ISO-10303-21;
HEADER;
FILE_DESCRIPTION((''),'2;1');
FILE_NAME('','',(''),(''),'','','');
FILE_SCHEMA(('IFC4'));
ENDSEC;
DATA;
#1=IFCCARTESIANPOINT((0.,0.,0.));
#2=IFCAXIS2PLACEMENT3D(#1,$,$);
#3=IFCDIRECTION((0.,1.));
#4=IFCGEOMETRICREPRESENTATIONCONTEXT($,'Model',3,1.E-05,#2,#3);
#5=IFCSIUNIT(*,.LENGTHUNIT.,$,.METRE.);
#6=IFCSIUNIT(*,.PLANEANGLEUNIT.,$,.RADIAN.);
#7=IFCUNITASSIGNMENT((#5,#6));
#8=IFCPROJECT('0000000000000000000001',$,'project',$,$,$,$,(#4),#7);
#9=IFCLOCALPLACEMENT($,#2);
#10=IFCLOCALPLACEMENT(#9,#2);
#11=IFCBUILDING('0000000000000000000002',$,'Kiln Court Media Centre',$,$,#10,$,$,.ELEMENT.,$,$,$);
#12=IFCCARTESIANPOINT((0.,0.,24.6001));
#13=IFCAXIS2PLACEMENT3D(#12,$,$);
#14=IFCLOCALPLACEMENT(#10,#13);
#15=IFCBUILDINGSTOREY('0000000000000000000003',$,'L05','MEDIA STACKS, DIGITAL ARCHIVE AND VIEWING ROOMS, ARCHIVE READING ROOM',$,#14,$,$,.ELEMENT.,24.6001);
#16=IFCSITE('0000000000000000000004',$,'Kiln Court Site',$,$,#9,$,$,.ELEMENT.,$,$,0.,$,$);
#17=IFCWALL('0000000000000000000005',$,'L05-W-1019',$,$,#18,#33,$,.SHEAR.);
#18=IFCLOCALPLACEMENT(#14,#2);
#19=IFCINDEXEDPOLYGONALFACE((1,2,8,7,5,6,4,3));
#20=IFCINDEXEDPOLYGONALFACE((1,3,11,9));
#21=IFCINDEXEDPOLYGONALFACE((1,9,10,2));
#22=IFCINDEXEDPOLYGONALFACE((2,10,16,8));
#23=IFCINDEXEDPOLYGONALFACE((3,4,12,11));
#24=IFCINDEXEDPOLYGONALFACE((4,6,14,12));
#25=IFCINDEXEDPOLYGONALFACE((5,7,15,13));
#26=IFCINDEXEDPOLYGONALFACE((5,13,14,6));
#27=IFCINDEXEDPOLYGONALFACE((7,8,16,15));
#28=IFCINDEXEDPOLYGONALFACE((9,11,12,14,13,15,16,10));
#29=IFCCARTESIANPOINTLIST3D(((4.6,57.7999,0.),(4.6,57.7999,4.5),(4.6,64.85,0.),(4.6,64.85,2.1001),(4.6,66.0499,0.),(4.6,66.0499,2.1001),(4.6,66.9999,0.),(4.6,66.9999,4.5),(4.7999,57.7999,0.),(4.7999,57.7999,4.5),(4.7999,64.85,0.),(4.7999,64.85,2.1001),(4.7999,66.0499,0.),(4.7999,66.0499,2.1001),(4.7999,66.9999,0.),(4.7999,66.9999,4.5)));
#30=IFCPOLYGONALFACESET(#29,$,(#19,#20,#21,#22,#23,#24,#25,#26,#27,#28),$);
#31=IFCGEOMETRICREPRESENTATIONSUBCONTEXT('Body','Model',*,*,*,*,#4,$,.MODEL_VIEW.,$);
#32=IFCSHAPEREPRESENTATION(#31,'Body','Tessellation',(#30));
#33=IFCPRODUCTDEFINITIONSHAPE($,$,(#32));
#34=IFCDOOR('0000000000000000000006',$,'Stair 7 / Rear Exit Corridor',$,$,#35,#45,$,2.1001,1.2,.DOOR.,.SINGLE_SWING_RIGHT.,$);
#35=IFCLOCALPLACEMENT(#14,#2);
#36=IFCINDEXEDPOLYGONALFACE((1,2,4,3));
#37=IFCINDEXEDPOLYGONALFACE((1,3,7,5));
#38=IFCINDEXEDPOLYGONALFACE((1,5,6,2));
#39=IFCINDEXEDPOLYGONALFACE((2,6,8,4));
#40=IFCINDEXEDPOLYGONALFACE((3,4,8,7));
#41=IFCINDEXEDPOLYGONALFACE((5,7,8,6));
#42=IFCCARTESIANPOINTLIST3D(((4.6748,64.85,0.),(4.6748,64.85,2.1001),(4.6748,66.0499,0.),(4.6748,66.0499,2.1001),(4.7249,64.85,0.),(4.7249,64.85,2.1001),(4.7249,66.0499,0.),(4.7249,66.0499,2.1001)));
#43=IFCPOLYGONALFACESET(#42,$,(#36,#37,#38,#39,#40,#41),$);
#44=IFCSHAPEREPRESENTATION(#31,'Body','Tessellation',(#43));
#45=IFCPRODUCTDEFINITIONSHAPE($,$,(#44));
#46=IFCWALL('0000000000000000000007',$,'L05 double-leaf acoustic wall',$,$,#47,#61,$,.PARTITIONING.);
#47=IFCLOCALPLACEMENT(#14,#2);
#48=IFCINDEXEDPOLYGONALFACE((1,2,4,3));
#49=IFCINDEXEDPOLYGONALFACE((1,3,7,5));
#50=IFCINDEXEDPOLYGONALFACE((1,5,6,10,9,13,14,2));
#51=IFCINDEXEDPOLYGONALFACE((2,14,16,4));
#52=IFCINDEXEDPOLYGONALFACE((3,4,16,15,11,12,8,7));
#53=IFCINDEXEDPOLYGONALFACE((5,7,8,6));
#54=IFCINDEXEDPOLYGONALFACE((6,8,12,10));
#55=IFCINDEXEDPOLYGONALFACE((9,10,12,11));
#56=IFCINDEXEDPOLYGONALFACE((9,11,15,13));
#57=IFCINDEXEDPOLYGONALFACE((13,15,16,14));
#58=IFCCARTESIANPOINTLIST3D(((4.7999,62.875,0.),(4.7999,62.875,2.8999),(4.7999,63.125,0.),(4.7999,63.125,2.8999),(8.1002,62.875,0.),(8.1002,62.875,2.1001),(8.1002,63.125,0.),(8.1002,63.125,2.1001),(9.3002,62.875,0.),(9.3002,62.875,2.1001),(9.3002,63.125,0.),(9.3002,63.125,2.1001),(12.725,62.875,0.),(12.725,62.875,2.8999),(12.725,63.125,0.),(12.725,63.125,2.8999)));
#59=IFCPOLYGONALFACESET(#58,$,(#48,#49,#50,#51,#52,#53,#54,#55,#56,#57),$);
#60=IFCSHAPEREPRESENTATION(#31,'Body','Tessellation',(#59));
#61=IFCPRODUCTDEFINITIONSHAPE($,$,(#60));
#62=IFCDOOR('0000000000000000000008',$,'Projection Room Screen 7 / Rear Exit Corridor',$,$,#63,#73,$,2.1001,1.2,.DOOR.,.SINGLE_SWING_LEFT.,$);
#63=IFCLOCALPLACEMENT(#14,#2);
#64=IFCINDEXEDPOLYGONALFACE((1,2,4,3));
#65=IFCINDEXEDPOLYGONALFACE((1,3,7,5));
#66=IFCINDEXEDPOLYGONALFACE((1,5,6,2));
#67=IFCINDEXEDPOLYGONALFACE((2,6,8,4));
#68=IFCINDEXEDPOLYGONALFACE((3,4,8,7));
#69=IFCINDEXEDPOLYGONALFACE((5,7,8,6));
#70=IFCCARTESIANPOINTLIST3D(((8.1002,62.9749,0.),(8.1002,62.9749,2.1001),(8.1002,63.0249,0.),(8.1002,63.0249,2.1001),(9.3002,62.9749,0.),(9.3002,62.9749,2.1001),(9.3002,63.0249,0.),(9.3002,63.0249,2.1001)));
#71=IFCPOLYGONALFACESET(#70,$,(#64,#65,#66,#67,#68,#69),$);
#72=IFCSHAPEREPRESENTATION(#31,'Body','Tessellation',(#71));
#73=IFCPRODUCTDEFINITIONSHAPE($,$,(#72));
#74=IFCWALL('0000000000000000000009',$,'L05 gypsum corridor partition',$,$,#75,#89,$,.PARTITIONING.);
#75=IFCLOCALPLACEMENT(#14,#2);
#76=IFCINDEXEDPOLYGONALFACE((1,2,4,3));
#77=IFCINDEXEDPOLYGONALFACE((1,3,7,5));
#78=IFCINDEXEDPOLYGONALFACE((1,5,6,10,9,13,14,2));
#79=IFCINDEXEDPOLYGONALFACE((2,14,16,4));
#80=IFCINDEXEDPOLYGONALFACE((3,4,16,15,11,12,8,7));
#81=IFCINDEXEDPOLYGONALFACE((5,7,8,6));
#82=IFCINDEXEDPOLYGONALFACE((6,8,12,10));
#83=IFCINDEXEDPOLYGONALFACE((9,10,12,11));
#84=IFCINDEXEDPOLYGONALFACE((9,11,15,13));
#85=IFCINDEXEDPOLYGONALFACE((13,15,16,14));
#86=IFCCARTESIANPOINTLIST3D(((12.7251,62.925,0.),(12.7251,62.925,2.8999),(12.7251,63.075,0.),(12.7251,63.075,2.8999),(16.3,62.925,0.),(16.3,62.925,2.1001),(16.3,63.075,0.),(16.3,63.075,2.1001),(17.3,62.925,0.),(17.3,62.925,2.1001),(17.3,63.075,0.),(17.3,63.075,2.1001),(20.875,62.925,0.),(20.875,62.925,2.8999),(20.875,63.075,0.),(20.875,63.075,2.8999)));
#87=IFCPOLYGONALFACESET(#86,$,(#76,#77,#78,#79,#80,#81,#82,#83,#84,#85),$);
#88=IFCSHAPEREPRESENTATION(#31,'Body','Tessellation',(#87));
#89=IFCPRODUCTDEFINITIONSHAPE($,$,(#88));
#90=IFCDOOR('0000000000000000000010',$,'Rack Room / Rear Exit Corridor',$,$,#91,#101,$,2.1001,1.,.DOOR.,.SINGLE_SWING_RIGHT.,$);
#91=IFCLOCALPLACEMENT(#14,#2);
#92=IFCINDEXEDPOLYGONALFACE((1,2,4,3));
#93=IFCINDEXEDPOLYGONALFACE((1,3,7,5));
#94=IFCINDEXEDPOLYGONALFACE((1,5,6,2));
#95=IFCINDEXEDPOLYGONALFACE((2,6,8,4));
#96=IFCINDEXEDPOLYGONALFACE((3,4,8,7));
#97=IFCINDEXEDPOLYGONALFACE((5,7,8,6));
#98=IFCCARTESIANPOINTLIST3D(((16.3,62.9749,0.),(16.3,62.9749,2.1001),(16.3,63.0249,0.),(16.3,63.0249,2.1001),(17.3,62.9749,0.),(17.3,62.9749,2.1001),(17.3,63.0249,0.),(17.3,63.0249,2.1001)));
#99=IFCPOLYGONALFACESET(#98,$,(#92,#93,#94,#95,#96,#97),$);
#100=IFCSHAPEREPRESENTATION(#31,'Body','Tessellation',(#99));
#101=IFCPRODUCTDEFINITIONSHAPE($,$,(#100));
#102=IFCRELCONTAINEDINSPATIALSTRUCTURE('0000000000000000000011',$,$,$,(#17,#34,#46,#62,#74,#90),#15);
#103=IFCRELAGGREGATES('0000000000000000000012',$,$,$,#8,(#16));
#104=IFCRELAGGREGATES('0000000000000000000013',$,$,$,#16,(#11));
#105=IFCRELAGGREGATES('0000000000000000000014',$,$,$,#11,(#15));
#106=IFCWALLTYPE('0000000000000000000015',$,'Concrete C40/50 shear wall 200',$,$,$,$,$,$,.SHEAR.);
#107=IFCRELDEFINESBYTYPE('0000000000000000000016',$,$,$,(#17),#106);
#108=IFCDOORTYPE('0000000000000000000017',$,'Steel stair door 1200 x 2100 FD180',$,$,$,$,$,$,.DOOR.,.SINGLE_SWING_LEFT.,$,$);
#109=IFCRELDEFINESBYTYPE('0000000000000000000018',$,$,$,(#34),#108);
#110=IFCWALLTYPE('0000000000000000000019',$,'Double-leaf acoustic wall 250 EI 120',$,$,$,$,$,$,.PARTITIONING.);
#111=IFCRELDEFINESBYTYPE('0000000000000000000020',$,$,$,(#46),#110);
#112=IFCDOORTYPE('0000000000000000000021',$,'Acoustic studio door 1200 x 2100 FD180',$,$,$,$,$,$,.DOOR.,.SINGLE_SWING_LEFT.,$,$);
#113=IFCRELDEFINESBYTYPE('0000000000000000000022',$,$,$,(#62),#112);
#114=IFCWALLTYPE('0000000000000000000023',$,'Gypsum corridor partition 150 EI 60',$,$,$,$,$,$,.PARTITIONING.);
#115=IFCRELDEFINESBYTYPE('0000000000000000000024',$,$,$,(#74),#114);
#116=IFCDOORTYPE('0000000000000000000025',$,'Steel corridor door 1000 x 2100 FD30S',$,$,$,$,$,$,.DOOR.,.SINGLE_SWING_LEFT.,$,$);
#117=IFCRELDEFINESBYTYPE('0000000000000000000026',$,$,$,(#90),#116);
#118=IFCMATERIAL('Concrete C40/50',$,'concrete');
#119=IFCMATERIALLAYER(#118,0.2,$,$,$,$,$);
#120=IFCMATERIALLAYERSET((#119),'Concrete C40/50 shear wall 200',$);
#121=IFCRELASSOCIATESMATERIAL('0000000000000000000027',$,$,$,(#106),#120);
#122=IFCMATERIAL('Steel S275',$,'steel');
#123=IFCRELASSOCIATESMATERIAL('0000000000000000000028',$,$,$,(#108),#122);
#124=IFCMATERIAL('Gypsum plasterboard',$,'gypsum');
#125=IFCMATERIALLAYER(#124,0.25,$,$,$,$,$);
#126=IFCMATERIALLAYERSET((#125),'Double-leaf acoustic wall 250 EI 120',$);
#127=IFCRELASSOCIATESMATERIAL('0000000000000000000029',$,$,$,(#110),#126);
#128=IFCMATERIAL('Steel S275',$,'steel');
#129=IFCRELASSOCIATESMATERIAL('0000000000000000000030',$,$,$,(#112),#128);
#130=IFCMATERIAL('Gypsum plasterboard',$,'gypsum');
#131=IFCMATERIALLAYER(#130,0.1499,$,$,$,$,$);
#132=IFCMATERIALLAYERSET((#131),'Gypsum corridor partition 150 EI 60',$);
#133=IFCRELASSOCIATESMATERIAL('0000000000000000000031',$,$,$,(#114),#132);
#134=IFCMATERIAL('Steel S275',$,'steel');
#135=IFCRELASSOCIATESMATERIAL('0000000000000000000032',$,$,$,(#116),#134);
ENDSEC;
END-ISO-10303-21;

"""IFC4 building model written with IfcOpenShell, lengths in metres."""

from ifc_helpers import new_model, si_unit, direction, frame, frame_2d, origin, place, context, subcontext, project, spatial, rectangle, extrude, material, layer, layer_set, type_object, element, fill, save


model = new_model("IFC4")

# Units and contexts
model_context = context("Model", 3, precision=1e-05, world=origin(), true_north=direction((0.0, 1.0)))
body_context = subcontext(model_context, "Body", "Model", "MODEL_VIEW")
ifc_project = project(units=[si_unit("LENGTHUNIT", "METRE"), si_unit("PLANEANGLEUNIT", "RADIAN")], contexts=[model_context])

# Site, building, storey
site_placement = place(None, origin())
site = spatial("IfcSite", under=ifc_project, at=site_placement, Name="Kiln Court Site", CompositionType="ELEMENT", RefElevation=0.0)
building_placement = place(site_placement, origin())
building = spatial("IfcBuilding", under=site, at=building_placement, Name="Kiln Court Media Centre", CompositionType="ELEMENT")
storey_placement = place(building_placement, frame((0.0, 0.0, 24.6001)))
storey = spatial("IfcBuildingStorey", under=building, at=storey_placement, Name="L05", Description="MEDIA STACKS, DIGITAL ARCHIVE AND VIEWING ROOMS, ARCHIVE READING ROOM", CompositionType="ELEMENT", Elevation=24.6001)

# Shared definitions
ifc_material_1 = material(Name="Concrete C40/50", Category="concrete")
ifc_layer_1 = layer(ifc_material_1, 0.2)
ifc_layer_set_1 = layer_set([ifc_layer_1], Name="Concrete C40/50 shear wall 200")
wall_type_1 = type_object("IfcWallType", Name="Concrete C40/50 shear wall 200", PredefinedType="SHEAR", material=ifc_layer_set_1)

# Walls, openings, doors
wall_1_placement = place(storey_placement, frame((4.7, 67.0, 0.0), z_axis=(0.0, 0.0, 1.0), x_axis=(0.0, -1.0, 0.0)))
wall_1 = element("IfcWall", 1, at=wall_1_placement, inside=storey, type_object=wall_type_1, Name="L05-W-1019", PredefinedType="SHEAR", context=body_context, shape_type="SweptSolid", body=[
    extrude(rectangle(XDim=9.2, YDim=0.2, at=frame_2d((4.6001, 0.0))), origin(), (0.0, 0.0, 1.0), 4.5),
])
opening_1_placement = place(wall_1_placement, frame((0.95, 0.0, 0.0)))
opening_1 = element("IfcOpeningElement", 2, at=opening_1_placement, cuts=wall_1, PredefinedType="OPENING", context=body_context, shape_type="SweptSolid", body=[
    extrude(rectangle(XDim=1.2, YDim=2.1001, at=frame_2d((0.6001, 1.05))), frame((0.0, 0.1099, 0.0), z_axis=(0.0, -1.0, 0.0), x_axis=(1.0, 0.0, 0.0)), (0.0, 0.0, 1.0), 0.22),
])
ifc_material_2 = material(Name="Steel S275", Category="steel")
door_type_1 = type_object("IfcDoorType", Name="Steel stair door 1200 x 2100 FD180", OperationType="SINGLE_SWING_LEFT", PredefinedType="DOOR", material=ifc_material_2)
door_1_placement = place(opening_1_placement, origin())
door_1 = element("IfcDoor", 3, at=door_1_placement, inside=storey, type_object=door_type_1, Name="Stair 7 / Rear Exit Corridor", OperationType="SINGLE_SWING_RIGHT", OverallHeight=2.1001, OverallWidth=1.2, PredefinedType="DOOR", context=body_context, shape_type="SweptSolid", body=[
    extrude(rectangle(XDim=1.2, YDim=2.1001, at=frame_2d((0.6001, 1.05))), frame((0.0, 0.0249, 0.0), z_axis=(0.0, -1.0, 0.0), x_axis=(1.0, 0.0, 0.0)), (0.0, 0.0, 1.0), 0.05),
])
fill(opening_1, door_1)
ifc_material_3 = material(Name="Gypsum plasterboard", Category="gypsum")
ifc_layer_2 = layer(ifc_material_3, 0.25)
ifc_layer_set_2 = layer_set([ifc_layer_2], Name="Double-leaf acoustic wall 250 EI 120")
wall_type_2 = type_object("IfcWallType", Name="Double-leaf acoustic wall 250 EI 120", PredefinedType="PARTITIONING", material=ifc_layer_set_2)
wall_2_placement = place(storey_placement, frame((4.8, 63.0, 0.0), z_axis=(0.0, 0.0, 1.0), x_axis=(1.0, 0.0, 0.0)))
wall_2 = element("IfcWall", 4, at=wall_2_placement, inside=storey, type_object=wall_type_2, Name="L05 double-leaf acoustic wall", PredefinedType="PARTITIONING", context=body_context, shape_type="SweptSolid", body=[
    extrude(rectangle(XDim=7.925, YDim=0.25, at=frame_2d((3.9624, 0.0))), origin(), (0.0, 0.0, 1.0), 2.8999),
])
opening_2_placement = place(wall_2_placement, frame((3.3, 0.0, 0.0)))
opening_2 = element("IfcOpeningElement", 5, at=opening_2_placement, cuts=wall_2, PredefinedType="OPENING", context=body_context, shape_type="SweptSolid", body=[
    extrude(rectangle(XDim=1.2, YDim=2.1001, at=frame_2d((0.6001, 1.05))), frame((0.0, 0.135, 0.0), z_axis=(0.0, -1.0, 0.0), x_axis=(1.0, 0.0, 0.0)), (0.0, 0.0, 1.0), 0.27),
])
ifc_material_4 = material(Name="Steel S275", Category="steel")
door_type_2 = type_object("IfcDoorType", Name="Acoustic studio door 1200 x 2100 FD180", OperationType="SINGLE_SWING_LEFT", PredefinedType="DOOR", material=ifc_material_4)
door_2_placement = place(opening_2_placement, origin())
door_2 = element("IfcDoor", 6, at=door_2_placement, inside=storey, type_object=door_type_2, Name="Projection Room Screen 7 / Rear Exit Corridor", OperationType="SINGLE_SWING_LEFT", OverallHeight=2.1001, OverallWidth=1.2, PredefinedType="DOOR", context=body_context, shape_type="SweptSolid", body=[
    extrude(rectangle(XDim=1.2, YDim=2.1001, at=frame_2d((0.6001, 1.05))), frame((0.0, 0.0249, 0.0), z_axis=(0.0, -1.0, 0.0), x_axis=(1.0, 0.0, 0.0)), (0.0, 0.0, 1.0), 0.05),
])
fill(opening_2, door_2)
ifc_material_5 = material(Name="Gypsum plasterboard", Category="gypsum")
ifc_layer_3 = layer(ifc_material_5, 0.1499)
ifc_layer_set_3 = layer_set([ifc_layer_3], Name="Gypsum corridor partition 150 EI 60")
wall_type_3 = type_object("IfcWallType", Name="Gypsum corridor partition 150 EI 60", PredefinedType="PARTITIONING", material=ifc_layer_set_3)
wall_3_placement = place(storey_placement, frame((12.7251, 63.0, 0.0), z_axis=(0.0, 0.0, 1.0), x_axis=(1.0, 0.0, 0.0)))
wall_3 = element("IfcWall", 7, at=wall_3_placement, inside=storey, type_object=wall_type_3, Name="L05 gypsum corridor partition", PredefinedType="PARTITIONING", context=body_context, shape_type="SweptSolid", body=[
    extrude(rectangle(XDim=8.1499, YDim=0.1499, at=frame_2d((4.075, 0.0))), origin(), (0.0, 0.0, 1.0), 2.8999),
])
opening_3_placement = place(wall_3_placement, frame((3.575, 0.0, 0.0)))
opening_3 = element("IfcOpeningElement", 8, at=opening_3_placement, cuts=wall_3, PredefinedType="OPENING", context=body_context, shape_type="SweptSolid", body=[
    extrude(rectangle(XDim=1.0, YDim=2.1001, at=frame_2d((0.5, 1.05))), frame((0.0, 0.085, 0.0), z_axis=(0.0, -1.0, 0.0), x_axis=(1.0, 0.0, 0.0)), (0.0, 0.0, 1.0), 0.1699),
])
ifc_material_6 = material(Name="Steel S275", Category="steel")
door_type_3 = type_object("IfcDoorType", Name="Steel corridor door 1000 x 2100 FD30S", OperationType="SINGLE_SWING_LEFT", PredefinedType="DOOR", material=ifc_material_6)
door_3_placement = place(opening_3_placement, origin())
door_3 = element("IfcDoor", 9, at=door_3_placement, inside=storey, type_object=door_type_3, Name="Rack Room / Rear Exit Corridor", OperationType="SINGLE_SWING_RIGHT", OverallHeight=2.1001, OverallWidth=1.0, PredefinedType="DOOR", context=body_context, shape_type="SweptSolid", body=[
    extrude(rectangle(XDim=1.0, YDim=2.1001, at=frame_2d((0.5, 1.05))), frame((0.0, 0.0249, 0.0), z_axis=(0.0, -1.0, 0.0), x_axis=(1.0, 0.0, 0.0)), (0.0, 0.0, 1.0), 0.05),
])
fill(opening_3, door_3)

save(model, "model.ifc")
